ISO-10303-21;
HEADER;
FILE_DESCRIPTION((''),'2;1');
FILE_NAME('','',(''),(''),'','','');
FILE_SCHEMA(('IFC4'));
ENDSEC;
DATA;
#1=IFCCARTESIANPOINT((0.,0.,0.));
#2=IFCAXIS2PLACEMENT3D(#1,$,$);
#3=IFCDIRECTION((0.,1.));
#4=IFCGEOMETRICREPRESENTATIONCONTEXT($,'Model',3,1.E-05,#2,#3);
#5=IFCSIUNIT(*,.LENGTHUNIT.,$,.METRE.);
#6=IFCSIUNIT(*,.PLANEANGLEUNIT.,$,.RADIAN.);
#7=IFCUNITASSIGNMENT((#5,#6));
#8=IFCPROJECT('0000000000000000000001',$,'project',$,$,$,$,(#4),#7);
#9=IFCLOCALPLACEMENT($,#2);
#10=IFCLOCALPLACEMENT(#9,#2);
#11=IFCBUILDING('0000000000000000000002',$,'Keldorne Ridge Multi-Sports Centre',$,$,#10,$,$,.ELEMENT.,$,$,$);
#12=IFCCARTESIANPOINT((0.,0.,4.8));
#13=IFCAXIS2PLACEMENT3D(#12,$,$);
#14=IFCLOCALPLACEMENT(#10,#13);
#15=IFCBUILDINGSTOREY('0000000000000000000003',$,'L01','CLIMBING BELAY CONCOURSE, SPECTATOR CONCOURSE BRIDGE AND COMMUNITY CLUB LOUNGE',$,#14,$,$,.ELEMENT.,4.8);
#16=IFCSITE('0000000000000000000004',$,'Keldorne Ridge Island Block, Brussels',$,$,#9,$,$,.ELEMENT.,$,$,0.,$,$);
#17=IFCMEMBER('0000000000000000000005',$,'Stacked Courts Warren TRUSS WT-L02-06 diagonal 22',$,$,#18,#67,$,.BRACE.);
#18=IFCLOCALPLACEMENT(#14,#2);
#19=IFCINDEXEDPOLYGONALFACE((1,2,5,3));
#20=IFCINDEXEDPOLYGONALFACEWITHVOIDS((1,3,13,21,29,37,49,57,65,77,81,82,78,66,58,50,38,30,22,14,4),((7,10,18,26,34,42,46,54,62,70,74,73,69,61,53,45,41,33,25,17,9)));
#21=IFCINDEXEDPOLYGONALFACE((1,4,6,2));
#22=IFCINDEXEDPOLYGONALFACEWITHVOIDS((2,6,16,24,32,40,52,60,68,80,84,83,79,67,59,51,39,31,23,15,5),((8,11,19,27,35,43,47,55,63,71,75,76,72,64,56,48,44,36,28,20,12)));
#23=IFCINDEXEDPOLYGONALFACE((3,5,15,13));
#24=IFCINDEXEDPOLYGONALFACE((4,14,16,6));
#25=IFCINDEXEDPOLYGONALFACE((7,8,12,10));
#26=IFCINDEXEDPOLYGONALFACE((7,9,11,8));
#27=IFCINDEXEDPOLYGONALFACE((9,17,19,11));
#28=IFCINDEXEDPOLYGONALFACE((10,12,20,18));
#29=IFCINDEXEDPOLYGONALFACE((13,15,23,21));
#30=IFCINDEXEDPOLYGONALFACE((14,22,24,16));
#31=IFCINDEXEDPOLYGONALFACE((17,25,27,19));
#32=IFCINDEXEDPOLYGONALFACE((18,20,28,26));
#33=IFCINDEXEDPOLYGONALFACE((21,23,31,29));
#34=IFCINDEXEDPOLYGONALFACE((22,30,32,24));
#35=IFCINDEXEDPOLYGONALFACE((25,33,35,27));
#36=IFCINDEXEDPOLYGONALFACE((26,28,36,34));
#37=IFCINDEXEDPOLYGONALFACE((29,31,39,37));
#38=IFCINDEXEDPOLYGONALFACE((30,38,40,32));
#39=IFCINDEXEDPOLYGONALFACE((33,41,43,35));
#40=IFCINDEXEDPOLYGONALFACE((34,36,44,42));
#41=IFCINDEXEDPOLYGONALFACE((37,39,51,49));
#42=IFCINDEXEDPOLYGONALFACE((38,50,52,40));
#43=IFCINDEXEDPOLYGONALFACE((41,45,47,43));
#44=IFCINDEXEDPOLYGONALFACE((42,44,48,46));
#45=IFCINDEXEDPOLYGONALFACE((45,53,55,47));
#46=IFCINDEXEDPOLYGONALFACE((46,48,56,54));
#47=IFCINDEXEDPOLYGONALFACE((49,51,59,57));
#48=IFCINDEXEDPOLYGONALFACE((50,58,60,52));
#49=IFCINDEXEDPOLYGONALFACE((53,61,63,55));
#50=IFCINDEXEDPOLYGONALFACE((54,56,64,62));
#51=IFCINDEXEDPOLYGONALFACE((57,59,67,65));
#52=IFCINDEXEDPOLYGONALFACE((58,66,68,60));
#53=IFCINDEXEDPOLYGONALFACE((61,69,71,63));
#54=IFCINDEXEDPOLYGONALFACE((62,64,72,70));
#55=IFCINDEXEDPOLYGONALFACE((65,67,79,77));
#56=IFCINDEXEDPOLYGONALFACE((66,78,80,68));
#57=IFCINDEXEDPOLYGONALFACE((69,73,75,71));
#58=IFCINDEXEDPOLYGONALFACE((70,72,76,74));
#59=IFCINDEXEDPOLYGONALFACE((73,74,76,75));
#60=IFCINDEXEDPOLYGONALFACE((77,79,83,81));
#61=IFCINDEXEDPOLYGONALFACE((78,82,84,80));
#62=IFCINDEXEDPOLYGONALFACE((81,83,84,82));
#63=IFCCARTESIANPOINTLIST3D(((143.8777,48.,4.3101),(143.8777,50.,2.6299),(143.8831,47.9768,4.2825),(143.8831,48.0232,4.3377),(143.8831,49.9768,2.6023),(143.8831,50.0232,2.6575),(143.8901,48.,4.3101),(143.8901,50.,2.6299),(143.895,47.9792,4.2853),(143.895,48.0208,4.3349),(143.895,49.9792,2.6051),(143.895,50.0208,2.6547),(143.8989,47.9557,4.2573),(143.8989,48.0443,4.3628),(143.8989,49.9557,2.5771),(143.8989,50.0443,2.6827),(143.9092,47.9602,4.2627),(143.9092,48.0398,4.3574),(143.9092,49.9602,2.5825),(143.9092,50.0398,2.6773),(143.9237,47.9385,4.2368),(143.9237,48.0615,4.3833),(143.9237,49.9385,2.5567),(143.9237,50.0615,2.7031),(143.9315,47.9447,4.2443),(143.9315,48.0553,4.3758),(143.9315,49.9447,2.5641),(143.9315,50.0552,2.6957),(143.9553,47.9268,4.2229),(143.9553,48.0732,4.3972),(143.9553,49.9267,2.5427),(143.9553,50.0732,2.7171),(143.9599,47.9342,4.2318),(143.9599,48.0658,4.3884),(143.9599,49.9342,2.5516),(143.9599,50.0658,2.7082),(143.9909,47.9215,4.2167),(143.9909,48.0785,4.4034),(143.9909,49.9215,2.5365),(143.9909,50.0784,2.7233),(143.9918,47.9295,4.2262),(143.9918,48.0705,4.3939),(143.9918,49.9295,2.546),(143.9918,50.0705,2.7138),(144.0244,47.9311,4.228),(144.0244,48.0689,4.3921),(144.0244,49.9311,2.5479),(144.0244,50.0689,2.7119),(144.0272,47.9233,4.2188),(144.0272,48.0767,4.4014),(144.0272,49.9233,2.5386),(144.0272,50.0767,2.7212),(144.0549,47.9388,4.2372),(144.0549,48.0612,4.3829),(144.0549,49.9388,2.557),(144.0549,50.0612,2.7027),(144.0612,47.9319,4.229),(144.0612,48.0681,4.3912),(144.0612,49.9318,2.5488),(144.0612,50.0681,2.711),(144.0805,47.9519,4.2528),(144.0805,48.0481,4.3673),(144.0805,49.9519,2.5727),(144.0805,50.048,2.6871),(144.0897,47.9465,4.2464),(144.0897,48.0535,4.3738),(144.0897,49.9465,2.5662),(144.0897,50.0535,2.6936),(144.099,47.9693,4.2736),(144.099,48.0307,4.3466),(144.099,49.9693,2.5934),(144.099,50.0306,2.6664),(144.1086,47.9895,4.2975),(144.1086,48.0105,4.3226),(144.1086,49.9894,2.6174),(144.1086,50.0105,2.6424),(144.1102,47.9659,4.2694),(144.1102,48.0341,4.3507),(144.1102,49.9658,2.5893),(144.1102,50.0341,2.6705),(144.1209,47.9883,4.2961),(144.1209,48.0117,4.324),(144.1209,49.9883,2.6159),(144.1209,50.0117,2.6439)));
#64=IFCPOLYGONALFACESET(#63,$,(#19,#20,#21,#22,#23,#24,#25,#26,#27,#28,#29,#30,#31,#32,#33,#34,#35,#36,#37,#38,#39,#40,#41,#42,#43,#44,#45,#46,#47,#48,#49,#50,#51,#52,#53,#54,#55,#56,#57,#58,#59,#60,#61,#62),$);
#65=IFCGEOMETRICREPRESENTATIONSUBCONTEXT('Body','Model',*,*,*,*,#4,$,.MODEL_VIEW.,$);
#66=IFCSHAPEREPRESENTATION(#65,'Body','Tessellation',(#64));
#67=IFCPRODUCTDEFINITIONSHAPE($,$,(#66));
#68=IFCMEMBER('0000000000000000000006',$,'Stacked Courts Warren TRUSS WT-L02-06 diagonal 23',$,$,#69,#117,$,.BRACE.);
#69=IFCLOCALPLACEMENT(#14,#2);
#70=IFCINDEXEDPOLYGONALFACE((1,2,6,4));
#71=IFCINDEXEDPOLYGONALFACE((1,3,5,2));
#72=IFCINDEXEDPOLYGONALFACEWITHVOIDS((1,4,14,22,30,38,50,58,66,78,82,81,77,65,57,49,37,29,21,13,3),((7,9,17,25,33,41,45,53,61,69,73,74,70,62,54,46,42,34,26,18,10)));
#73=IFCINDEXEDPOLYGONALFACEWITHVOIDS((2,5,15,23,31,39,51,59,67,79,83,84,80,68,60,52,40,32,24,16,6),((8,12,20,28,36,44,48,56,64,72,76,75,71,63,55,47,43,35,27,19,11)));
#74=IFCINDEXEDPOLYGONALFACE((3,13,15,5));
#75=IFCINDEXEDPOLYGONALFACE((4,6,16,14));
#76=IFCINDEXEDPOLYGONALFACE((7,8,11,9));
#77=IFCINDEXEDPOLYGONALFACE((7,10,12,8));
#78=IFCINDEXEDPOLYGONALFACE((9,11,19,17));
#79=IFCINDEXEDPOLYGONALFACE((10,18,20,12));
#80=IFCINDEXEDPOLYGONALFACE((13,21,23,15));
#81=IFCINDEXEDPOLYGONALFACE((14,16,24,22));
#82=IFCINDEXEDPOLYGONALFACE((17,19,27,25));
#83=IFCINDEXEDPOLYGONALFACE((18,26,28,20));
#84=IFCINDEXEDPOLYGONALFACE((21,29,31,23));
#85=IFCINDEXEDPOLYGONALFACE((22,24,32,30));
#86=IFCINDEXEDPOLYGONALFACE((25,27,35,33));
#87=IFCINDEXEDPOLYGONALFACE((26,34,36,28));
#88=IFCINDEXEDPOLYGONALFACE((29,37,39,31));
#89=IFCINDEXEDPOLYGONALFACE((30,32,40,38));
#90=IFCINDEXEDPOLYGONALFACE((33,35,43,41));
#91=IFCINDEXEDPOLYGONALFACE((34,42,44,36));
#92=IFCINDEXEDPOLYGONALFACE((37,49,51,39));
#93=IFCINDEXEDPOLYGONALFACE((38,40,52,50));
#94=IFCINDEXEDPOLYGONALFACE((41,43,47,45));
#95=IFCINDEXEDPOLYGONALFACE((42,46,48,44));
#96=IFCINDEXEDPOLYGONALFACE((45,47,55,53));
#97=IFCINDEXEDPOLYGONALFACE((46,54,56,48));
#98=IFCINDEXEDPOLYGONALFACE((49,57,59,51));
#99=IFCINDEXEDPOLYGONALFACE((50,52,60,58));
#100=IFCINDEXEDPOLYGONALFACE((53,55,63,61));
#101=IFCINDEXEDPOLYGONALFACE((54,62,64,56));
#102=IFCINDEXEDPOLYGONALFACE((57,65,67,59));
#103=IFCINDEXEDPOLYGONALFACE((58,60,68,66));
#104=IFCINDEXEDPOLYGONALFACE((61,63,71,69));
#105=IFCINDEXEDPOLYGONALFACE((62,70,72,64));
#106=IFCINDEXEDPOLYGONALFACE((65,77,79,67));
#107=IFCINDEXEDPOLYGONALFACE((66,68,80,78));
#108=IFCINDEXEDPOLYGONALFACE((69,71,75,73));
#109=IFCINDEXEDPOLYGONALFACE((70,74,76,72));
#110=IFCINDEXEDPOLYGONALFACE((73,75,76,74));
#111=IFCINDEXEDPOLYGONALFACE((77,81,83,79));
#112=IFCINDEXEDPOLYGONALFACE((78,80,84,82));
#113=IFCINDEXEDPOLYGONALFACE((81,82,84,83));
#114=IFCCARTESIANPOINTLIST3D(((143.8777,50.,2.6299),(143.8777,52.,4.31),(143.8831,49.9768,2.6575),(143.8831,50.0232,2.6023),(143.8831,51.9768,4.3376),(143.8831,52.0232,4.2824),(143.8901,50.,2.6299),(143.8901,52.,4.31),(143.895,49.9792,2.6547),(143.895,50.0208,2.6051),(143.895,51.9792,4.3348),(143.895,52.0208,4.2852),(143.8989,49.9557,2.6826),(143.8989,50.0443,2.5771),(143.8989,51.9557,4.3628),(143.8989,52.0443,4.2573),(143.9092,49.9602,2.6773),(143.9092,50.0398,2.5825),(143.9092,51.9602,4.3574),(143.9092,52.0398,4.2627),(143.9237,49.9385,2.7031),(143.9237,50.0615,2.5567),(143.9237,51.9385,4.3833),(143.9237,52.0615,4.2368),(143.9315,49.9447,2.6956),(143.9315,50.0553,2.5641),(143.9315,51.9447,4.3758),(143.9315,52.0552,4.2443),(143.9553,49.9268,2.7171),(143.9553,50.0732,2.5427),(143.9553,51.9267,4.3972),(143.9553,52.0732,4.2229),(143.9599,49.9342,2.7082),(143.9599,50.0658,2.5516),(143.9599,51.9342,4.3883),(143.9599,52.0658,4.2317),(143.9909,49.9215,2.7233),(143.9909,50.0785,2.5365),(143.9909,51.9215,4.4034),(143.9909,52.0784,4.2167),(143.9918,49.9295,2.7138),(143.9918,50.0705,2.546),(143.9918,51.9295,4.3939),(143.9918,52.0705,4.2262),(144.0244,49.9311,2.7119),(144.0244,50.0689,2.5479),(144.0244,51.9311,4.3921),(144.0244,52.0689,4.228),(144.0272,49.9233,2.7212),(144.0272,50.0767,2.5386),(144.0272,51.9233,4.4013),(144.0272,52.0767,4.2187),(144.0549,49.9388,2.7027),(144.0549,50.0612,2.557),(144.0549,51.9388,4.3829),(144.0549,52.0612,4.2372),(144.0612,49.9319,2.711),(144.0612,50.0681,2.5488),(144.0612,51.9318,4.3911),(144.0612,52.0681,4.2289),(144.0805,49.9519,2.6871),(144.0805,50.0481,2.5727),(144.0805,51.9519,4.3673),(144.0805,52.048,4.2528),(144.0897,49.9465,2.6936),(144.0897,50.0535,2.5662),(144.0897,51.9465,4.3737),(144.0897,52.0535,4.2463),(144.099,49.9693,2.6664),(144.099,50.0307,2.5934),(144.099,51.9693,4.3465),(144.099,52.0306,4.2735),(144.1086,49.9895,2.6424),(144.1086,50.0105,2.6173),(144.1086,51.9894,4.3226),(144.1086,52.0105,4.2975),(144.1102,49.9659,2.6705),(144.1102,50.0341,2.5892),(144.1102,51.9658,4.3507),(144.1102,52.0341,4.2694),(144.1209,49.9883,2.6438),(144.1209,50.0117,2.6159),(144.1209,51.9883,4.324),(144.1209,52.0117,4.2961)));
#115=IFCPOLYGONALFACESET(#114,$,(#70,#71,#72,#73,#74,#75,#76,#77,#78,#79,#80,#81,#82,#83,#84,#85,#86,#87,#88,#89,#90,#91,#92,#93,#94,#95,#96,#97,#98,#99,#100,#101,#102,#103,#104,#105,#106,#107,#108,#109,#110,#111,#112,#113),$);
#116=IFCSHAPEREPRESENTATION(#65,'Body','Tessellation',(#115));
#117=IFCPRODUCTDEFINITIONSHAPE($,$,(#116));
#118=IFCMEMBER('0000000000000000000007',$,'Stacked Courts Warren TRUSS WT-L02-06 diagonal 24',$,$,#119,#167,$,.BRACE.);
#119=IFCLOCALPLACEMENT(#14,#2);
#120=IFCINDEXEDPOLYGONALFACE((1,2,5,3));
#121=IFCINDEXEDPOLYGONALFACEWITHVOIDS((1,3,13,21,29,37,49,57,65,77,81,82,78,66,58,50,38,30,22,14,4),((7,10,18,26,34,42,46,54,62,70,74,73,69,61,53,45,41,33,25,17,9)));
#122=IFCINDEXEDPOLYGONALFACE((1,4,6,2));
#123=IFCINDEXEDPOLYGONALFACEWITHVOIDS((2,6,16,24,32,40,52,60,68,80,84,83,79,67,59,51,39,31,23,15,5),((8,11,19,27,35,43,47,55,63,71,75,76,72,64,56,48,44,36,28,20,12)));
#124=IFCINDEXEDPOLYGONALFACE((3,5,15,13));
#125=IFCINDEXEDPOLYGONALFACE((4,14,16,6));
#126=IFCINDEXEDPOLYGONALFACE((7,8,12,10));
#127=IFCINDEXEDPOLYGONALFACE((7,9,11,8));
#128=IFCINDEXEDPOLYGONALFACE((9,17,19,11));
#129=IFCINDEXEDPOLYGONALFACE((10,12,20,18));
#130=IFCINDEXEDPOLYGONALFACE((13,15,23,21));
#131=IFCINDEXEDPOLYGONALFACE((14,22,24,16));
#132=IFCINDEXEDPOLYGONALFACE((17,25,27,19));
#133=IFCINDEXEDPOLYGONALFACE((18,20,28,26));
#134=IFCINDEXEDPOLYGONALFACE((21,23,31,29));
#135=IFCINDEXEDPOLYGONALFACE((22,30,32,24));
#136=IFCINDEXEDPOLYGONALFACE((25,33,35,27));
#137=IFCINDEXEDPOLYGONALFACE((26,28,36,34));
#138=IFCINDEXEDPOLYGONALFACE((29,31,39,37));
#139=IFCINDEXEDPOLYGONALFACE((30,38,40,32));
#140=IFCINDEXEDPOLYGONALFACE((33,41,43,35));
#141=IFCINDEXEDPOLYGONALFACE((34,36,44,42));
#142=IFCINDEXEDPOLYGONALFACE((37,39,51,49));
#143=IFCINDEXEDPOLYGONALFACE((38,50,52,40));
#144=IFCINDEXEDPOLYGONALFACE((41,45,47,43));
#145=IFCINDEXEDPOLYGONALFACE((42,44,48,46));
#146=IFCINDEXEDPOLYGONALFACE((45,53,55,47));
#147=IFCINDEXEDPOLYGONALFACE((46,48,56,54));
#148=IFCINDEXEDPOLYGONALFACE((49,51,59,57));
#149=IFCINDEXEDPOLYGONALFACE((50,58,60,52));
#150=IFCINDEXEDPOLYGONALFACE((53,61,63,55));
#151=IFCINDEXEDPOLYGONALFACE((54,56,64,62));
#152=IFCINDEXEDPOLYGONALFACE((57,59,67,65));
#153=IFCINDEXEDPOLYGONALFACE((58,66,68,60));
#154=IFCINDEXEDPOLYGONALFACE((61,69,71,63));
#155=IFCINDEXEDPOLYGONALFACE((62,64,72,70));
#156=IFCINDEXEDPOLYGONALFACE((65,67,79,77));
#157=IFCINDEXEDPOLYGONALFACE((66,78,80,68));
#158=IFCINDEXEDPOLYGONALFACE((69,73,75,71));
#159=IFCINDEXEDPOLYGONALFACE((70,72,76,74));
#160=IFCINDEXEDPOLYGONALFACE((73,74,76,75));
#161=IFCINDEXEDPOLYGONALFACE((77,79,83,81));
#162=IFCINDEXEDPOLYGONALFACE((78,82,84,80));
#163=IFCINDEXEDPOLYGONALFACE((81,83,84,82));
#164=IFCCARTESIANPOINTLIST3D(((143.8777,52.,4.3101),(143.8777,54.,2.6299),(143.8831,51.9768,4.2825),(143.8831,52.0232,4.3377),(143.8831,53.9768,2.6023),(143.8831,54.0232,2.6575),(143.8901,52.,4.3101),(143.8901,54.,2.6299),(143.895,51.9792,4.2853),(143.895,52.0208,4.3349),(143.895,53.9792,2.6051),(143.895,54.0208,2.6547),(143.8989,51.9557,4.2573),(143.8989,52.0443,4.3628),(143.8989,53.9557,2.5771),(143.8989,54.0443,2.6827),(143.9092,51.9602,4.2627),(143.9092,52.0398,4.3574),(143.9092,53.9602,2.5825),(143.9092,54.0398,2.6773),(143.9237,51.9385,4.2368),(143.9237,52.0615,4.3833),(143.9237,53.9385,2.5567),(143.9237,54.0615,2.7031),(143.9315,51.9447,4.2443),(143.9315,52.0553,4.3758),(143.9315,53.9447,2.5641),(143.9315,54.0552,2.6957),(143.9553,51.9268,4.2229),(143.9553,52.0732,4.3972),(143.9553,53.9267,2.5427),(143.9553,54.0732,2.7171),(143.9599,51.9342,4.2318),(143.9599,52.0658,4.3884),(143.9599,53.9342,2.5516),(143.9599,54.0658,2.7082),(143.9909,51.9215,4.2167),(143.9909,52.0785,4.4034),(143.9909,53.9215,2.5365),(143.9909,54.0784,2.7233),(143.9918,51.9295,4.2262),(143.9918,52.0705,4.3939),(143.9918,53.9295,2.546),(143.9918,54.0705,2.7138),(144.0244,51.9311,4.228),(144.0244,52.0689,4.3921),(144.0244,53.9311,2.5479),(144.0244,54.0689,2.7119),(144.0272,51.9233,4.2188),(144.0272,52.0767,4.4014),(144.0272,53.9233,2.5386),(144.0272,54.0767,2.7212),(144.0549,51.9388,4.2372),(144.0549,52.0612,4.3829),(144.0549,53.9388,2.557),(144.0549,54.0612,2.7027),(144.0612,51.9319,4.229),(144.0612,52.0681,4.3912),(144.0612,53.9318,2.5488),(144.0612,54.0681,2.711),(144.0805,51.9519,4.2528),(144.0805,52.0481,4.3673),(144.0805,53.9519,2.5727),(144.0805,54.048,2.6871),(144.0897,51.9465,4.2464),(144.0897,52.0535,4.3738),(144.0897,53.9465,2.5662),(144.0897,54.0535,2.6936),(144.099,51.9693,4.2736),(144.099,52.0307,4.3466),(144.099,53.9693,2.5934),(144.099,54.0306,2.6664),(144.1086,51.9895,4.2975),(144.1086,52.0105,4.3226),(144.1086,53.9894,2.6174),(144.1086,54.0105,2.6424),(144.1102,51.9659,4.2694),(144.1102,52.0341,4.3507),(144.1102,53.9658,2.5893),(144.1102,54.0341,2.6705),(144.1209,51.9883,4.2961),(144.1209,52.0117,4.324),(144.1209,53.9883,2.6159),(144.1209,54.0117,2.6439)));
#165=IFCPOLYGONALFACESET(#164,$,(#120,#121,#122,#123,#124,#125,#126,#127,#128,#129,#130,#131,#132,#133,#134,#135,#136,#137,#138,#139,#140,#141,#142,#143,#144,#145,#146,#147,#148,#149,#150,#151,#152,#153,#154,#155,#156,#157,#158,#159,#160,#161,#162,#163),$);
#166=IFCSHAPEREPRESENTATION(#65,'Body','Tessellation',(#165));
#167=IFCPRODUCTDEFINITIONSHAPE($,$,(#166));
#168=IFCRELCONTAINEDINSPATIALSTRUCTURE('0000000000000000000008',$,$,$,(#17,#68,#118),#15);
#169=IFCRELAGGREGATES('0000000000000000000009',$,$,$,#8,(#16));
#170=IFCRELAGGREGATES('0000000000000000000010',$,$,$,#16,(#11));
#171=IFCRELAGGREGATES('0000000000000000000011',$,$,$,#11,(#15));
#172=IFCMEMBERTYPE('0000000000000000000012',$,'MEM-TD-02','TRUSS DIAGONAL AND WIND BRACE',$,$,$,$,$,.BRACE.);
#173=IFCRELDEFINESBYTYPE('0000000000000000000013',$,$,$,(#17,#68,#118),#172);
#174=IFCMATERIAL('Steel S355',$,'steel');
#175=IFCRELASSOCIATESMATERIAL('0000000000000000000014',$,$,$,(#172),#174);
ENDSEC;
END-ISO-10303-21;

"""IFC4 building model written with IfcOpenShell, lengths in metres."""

from ifc_helpers import new_model, si_unit, direction, frame, origin, origin_2d, place, context, subcontext, project, spatial, hollow_circle, extrude, material, material_profile, profile_set, type_object, element, save


model = new_model("IFC4")

# Units and contexts
model_context = context("Model", 3, precision=1e-05, world=origin(), true_north=direction((0.0, 1.0)))
body_context = subcontext(model_context, "Body", "Model", "MODEL_VIEW")
ifc_project = project(units=[si_unit("LENGTHUNIT", "METRE"), si_unit("PLANEANGLEUNIT", "RADIAN")], contexts=[model_context])

# Site, building, storey
site_placement = place(None, origin())
site = spatial("IfcSite", under=ifc_project, at=site_placement, Name="Keldorne Ridge Island Block, Brussels", CompositionType="ELEMENT", RefElevation=0.0)
building_placement = place(site_placement, origin())
building = spatial("IfcBuilding", under=site, at=building_placement, Name="Keldorne Ridge Multi-Sports Centre", CompositionType="ELEMENT")
storey_placement = place(building_placement, frame((0.0, 0.0, 4.8)))
storey = spatial("IfcBuildingStorey", under=building, at=storey_placement, Name="L01", Description="CLIMBING BELAY CONCOURSE, SPECTATOR CONCOURSE BRIDGE AND COMMUNITY CLUB LOUNGE", CompositionType="ELEMENT", Elevation=4.8)

# Members
ifc_material_1 = material(Name="Steel S355", Category="steel")
ifc_material_profile_1 = material_profile(ifc_material_1, hollow_circle(Radius=0.1223, WallThickness=0.0125, at=origin_2d()), Name="CHS 244.5x12.5")
ifc_profile_set_1 = profile_set([ifc_material_profile_1], Name="Steel S355")
member_type_1 = type_object("IfcMemberType", Name="MEM-TD-02", Description="TRUSS DIAGONAL AND WIND BRACE", PredefinedType="BRACE", material=ifc_profile_set_1)
for number, where, z_axis, x_axis, name in (
    (1, (144.0, 48.0, 4.3101), (0.0, 0.765672, -0.643232), (-1.0, 0.0, 0.0), "Stacked Courts Warren TRUSS WT-L02-06 diagonal 22"),
    (2, (144.0, 50.0, 2.6299), (0.0, 0.765672, 0.643232), (-1.0, 0.0, 0.0), "Stacked Courts Warren TRUSS WT-L02-06 diagonal 23"),
    (3, (144.0, 52.0, 4.3101), (0.0, 0.765672, -0.643232), (-1.0, 0.0, 0.0), "Stacked Courts Warren TRUSS WT-L02-06 diagonal 24"),
):
    element("IfcMember", number, at=place(storey_placement, frame(where, z_axis=z_axis, x_axis=x_axis)), inside=storey, type_object=member_type_1, Name=name, PredefinedType="BRACE", context=body_context, shape_type="SweptSolid", body=[
        extrude(hollow_circle(Radius=0.1223, WallThickness=0.0125, at=origin_2d()), origin(), (0.0, 0.0, 1.0), 2.6121),
    ])

save(model, "model.ifc")
